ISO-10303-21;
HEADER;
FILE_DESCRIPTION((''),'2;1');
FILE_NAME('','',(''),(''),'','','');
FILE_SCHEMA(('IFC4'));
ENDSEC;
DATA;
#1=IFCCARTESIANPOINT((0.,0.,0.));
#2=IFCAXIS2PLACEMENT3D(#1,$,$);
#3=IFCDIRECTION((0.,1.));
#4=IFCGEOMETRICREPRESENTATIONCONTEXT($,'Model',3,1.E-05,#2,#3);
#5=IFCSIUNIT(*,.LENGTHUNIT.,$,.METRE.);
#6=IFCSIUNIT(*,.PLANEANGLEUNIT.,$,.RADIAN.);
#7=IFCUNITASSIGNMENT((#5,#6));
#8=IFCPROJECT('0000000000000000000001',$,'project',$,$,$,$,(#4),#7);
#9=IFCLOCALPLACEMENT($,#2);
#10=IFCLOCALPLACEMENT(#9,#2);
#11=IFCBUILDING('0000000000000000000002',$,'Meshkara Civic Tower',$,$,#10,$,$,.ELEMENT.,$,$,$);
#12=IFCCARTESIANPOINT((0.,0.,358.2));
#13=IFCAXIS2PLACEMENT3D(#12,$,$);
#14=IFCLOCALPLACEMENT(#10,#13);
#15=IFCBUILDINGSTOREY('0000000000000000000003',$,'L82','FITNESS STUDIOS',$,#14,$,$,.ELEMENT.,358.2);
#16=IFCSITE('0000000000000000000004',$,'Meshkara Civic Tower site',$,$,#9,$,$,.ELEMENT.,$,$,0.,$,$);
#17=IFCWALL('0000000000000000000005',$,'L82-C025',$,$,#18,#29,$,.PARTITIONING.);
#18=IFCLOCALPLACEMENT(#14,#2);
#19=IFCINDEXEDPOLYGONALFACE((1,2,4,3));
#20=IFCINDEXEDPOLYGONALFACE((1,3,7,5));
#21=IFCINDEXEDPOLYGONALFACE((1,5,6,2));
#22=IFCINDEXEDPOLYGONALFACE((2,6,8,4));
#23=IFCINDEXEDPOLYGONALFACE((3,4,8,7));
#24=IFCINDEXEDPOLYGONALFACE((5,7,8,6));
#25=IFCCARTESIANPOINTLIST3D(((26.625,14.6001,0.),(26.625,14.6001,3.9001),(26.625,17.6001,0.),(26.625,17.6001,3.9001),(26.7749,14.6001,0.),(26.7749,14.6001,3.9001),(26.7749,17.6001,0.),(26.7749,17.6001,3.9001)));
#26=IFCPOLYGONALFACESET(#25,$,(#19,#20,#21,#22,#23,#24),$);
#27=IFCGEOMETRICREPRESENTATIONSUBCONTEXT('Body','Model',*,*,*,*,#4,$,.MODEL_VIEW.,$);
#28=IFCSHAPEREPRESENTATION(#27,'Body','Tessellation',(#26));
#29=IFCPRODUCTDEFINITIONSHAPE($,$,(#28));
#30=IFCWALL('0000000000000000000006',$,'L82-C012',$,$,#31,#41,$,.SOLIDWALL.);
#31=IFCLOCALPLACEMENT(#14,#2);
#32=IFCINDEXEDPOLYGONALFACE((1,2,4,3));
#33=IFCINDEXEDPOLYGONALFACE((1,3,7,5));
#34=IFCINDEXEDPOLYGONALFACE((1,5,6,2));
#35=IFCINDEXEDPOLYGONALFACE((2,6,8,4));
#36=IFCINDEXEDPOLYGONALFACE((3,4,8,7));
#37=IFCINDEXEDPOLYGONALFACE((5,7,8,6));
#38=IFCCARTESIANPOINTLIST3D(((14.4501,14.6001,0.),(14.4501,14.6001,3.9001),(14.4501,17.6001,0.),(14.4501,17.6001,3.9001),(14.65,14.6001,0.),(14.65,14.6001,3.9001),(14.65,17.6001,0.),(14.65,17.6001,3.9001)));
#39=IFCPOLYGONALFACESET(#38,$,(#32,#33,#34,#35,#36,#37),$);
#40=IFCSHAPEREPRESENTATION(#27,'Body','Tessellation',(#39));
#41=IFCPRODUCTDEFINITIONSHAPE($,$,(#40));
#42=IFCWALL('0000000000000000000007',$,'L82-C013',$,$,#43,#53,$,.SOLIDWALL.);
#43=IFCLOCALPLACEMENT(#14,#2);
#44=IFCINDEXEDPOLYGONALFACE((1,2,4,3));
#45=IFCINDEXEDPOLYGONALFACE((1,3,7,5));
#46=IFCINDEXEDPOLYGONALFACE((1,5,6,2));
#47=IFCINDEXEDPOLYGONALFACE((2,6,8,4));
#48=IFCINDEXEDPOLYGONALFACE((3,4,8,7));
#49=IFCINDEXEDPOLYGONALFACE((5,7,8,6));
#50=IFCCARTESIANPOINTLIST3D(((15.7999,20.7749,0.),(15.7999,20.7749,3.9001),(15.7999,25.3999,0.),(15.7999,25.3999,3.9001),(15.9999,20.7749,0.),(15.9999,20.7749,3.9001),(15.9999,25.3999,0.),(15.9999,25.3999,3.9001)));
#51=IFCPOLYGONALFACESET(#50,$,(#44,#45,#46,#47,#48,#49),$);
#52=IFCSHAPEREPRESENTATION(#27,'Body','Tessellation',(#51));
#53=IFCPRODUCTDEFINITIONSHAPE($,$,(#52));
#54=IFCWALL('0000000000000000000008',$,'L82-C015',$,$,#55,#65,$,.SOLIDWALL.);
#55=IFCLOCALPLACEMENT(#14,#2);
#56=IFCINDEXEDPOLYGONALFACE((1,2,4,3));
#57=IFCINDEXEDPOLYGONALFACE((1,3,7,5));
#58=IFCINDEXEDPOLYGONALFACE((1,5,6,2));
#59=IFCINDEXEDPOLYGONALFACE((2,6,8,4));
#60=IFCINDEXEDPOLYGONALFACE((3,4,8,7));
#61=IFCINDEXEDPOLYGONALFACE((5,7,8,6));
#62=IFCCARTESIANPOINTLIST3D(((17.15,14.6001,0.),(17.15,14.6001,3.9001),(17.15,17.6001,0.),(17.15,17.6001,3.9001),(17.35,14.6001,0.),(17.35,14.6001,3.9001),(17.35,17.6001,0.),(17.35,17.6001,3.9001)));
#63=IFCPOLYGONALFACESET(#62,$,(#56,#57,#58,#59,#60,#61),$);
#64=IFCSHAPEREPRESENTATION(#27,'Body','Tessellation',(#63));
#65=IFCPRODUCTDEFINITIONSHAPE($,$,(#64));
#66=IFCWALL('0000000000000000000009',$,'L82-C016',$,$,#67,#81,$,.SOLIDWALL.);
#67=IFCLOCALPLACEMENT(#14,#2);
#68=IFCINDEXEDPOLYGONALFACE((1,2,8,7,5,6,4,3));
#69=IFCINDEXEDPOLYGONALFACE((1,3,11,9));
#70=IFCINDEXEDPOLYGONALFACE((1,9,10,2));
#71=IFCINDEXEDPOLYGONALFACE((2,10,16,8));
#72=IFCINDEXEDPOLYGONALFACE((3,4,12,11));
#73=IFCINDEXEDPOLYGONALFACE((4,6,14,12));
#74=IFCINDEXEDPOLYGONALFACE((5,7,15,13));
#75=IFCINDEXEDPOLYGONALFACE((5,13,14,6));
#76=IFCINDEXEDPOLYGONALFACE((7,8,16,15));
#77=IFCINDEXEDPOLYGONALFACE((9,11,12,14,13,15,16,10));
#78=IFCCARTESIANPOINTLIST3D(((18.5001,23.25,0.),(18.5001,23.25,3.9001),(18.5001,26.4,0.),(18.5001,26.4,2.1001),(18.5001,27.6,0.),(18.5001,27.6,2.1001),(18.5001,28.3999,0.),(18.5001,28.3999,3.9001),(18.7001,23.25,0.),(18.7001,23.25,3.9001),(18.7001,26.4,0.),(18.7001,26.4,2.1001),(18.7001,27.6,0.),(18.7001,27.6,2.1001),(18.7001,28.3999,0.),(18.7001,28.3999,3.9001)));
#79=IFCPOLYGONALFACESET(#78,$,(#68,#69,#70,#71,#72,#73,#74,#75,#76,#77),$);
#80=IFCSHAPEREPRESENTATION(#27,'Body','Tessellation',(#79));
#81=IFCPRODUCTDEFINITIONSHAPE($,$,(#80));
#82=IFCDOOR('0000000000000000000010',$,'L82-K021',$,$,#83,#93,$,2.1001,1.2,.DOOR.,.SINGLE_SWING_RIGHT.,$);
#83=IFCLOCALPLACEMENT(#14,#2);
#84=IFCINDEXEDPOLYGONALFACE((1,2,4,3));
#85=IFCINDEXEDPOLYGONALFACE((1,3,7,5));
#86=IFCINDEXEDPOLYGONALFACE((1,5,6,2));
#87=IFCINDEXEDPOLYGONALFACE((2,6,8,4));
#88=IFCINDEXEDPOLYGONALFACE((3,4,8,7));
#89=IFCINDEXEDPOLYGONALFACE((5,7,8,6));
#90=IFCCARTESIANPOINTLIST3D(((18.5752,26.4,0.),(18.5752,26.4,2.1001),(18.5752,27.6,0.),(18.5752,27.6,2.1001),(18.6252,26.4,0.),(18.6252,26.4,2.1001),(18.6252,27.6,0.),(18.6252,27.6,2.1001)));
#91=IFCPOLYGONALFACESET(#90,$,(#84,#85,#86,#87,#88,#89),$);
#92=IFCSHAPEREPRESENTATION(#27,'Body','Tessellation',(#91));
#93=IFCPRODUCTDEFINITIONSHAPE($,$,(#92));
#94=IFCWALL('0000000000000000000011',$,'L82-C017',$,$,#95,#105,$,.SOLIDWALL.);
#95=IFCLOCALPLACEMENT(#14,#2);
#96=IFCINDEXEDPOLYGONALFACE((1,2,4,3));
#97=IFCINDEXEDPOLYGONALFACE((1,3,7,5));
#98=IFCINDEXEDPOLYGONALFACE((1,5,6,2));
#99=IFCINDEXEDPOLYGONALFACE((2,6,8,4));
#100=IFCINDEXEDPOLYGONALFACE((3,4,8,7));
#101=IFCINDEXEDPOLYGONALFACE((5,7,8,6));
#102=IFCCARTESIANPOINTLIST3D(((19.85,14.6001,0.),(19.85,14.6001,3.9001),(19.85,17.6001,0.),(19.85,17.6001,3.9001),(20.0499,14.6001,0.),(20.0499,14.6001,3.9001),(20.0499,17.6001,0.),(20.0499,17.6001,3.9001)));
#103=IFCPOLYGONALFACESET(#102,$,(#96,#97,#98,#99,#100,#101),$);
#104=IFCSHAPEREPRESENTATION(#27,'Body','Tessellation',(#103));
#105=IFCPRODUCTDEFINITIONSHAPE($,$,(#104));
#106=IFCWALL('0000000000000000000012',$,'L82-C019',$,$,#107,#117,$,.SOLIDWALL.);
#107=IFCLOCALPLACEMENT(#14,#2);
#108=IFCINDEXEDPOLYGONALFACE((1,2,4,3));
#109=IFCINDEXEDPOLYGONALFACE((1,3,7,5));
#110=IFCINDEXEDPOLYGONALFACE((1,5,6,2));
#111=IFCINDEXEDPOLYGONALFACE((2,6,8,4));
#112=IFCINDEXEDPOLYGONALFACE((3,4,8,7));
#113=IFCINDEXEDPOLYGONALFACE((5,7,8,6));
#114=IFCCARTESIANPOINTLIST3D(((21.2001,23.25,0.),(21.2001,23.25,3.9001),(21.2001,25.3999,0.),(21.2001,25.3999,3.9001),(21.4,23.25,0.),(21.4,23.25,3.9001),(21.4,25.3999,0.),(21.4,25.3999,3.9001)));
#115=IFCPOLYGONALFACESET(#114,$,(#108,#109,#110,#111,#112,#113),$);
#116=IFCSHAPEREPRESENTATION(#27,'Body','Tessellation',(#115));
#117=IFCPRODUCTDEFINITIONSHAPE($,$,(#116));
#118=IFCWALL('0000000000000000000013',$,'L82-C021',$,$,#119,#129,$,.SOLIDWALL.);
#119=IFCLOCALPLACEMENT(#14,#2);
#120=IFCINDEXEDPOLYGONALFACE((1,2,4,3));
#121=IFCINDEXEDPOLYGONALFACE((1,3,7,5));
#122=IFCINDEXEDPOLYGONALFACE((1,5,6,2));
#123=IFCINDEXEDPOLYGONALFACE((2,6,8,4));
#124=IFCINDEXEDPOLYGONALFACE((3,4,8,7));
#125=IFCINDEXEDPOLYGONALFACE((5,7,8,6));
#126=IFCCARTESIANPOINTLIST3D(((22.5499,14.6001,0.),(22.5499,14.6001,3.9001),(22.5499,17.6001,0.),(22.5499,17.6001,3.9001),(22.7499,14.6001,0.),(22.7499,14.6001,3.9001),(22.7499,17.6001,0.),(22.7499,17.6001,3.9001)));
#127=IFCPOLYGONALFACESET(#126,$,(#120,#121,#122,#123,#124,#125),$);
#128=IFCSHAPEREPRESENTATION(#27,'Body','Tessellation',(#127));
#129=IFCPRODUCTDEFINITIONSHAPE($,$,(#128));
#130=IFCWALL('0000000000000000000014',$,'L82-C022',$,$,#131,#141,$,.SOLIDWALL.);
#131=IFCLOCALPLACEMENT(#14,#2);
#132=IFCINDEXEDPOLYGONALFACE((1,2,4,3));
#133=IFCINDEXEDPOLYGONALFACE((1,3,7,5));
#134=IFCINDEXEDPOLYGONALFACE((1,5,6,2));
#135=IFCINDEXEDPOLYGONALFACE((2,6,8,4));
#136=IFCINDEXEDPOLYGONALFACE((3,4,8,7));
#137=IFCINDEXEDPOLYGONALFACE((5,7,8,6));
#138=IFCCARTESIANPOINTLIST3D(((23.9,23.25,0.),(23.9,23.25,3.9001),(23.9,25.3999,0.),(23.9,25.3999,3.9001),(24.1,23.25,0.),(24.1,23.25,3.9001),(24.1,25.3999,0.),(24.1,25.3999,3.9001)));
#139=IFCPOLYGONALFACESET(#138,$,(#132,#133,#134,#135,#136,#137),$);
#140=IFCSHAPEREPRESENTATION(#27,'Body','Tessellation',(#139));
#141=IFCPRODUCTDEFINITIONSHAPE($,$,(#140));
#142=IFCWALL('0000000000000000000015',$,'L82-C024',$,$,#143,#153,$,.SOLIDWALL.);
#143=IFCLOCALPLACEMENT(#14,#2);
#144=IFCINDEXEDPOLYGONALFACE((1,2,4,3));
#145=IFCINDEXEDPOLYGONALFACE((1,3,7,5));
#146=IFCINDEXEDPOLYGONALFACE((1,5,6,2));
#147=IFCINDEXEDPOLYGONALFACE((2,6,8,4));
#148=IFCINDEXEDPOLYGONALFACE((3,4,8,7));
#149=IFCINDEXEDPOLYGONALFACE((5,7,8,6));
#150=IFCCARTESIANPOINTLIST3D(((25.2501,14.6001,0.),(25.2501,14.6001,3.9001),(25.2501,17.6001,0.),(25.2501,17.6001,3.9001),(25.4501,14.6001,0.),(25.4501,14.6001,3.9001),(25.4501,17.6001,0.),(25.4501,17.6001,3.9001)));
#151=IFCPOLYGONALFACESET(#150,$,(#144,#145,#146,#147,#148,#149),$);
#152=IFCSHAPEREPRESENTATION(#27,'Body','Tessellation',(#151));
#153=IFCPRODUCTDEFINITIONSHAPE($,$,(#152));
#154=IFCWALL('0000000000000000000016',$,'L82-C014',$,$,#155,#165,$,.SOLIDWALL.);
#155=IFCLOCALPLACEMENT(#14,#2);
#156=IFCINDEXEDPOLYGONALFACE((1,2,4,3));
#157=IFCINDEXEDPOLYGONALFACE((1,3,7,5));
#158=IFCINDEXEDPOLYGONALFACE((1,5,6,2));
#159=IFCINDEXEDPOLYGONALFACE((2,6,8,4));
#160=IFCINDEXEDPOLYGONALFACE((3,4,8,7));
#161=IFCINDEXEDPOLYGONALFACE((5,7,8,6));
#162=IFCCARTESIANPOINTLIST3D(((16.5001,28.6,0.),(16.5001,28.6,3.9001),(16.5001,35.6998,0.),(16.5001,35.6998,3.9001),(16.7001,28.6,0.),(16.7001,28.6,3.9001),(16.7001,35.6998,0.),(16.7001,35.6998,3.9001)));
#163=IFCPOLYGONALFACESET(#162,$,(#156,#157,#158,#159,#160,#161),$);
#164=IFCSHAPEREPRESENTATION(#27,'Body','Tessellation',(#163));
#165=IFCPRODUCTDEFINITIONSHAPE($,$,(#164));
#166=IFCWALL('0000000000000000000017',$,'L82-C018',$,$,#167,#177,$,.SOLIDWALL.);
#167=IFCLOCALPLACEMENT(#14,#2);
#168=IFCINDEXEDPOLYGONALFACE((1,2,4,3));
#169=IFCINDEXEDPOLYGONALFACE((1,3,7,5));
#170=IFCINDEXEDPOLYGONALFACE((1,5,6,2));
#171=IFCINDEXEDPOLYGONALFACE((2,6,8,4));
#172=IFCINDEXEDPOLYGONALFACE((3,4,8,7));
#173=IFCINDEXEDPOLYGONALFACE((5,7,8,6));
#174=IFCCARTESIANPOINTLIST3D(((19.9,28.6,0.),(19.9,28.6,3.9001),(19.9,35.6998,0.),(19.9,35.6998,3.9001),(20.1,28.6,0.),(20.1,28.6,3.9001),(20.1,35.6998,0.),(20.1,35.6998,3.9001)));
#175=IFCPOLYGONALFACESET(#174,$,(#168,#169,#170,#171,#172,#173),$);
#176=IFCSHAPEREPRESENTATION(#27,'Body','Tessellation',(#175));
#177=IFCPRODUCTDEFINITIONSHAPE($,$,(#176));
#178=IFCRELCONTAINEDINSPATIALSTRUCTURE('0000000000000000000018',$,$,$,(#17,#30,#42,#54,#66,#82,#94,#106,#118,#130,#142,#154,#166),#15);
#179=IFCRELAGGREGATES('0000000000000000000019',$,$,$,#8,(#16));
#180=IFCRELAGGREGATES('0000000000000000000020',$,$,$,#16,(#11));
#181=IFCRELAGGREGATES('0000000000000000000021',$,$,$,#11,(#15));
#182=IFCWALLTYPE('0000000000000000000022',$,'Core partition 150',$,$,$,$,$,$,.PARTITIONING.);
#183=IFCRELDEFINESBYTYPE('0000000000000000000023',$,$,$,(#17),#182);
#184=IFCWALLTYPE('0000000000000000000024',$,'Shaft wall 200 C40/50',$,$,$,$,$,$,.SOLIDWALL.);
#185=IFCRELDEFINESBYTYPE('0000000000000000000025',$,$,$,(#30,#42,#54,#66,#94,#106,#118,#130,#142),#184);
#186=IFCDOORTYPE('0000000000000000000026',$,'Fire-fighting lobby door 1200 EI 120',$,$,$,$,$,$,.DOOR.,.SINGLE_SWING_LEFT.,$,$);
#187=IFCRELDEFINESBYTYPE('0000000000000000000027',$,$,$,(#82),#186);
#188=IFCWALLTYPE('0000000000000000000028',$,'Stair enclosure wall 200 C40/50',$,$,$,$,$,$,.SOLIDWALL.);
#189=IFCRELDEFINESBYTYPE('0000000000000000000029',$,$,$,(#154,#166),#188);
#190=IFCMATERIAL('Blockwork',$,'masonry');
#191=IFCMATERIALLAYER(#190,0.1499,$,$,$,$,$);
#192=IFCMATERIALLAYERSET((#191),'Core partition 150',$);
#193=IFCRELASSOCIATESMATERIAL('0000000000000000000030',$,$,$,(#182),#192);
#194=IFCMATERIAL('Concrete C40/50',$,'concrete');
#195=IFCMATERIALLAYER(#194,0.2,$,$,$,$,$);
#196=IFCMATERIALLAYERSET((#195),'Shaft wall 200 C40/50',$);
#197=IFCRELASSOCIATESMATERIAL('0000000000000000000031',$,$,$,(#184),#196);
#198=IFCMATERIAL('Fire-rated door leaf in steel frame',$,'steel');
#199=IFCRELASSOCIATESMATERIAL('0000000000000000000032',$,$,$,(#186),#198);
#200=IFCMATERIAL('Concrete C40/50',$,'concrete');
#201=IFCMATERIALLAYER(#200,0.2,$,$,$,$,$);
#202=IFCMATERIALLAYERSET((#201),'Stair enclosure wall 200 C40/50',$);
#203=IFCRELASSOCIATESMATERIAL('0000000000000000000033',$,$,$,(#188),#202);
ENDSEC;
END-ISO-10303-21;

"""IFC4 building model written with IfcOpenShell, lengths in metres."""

from ifc_helpers import new_model, si_unit, direction, frame, frame_2d, origin, place, context, subcontext, project, spatial, rectangle, extrude, material, layer, layer_set, type_object, element, fill, save


model = new_model("IFC4")

# Units and contexts
model_context = context("Model", 3, precision=1e-05, world=origin(), true_north=direction((0.0, 1.0)))
body_context = subcontext(model_context, "Body", "Model", "MODEL_VIEW")
ifc_project = project(units=[si_unit("LENGTHUNIT", "METRE"), si_unit("PLANEANGLEUNIT", "RADIAN")], contexts=[model_context])

# Site, building, storey
site_placement = place(None, origin())
site = spatial("IfcSite", under=ifc_project, at=site_placement, Name="Meshkara Civic Tower site", CompositionType="ELEMENT", RefElevation=0.0)
building_placement = place(site_placement, origin())
building = spatial("IfcBuilding", under=site, at=building_placement, Name="Meshkara Civic Tower", CompositionType="ELEMENT")
storey_placement = place(building_placement, frame((0.0, 0.0, 358.2)))
storey = spatial("IfcBuildingStorey", under=building, at=storey_placement, Name="L82", Description="FITNESS STUDIOS", CompositionType="ELEMENT", Elevation=358.2)

# Walls
ifc_material_1 = material(Name="Blockwork", Category="masonry")
ifc_layer_1 = layer(ifc_material_1, 0.1499)
ifc_layer_set_1 = layer_set([ifc_layer_1], Name="Core partition 150")
wall_type_1 = type_object("IfcWallType", Name="Core partition 150", PredefinedType="PARTITIONING", material=ifc_layer_set_1)
wall_1_placement = place(storey_placement, frame((26.7, 14.6001, 0.0), z_axis=(0.0, 0.0, 1.0), x_axis=(0.0, 1.0, 0.0)))
element("IfcWall", 1, at=wall_1_placement, inside=storey, type_object=wall_type_1, Name="L82-C025", PredefinedType="PARTITIONING", context=body_context, shape_type="SweptSolid", body=[
    extrude(rectangle(XDim=3.0, YDim=0.1499, at=frame_2d((1.5, 0.0))), origin(), (0.0, 0.0, 1.0), 3.9001),
])
ifc_material_2 = material(Name="Concrete C40/50", Category="concrete")
ifc_layer_2 = layer(ifc_material_2, 0.2)
ifc_layer_set_2 = layer_set([ifc_layer_2], Name="Shaft wall 200 C40/50")
wall_type_2 = type_object("IfcWallType", Name="Shaft wall 200 C40/50", PredefinedType="SOLIDWALL", material=ifc_layer_set_2)
wall_2_placement = place(storey_placement, frame((14.55, 14.6001, 0.0), z_axis=(0.0, 0.0, 1.0), x_axis=(0.0, 1.0, 0.0)))
element("IfcWall", 2, at=wall_2_placement, inside=storey, type_object=wall_type_2, Name="L82-C012", PredefinedType="SOLIDWALL", context=body_context, shape_type="SweptSolid", body=[
    extrude(rectangle(XDim=3.0, YDim=0.2, at=frame_2d((1.5, 0.0))), origin(), (0.0, 0.0, 1.0), 3.9001),
])
wall_3_placement = place(storey_placement, frame((15.8999, 20.7749, 0.0), z_axis=(0.0, 0.0, 1.0), x_axis=(0.0, 1.0, 0.0)))
element("IfcWall", 3, at=wall_3_placement, inside=storey, type_object=wall_type_2, Name="L82-C013", PredefinedType="SOLIDWALL", context=body_context, shape_type="SweptSolid", body=[
    extrude(rectangle(XDim=4.625, YDim=0.2, at=frame_2d((2.3125, 0.0))), origin(), (0.0, 0.0, 1.0), 3.9001),
])
wall_4_placement = place(storey_placement, frame((17.25, 14.6001, 0.0), z_axis=(0.0, 0.0, 1.0), x_axis=(0.0, 1.0, 0.0)))
element("IfcWall", 4, at=wall_4_placement, inside=storey, type_object=wall_type_2, Name="L82-C015", PredefinedType="SOLIDWALL", context=body_context, shape_type="SweptSolid", body=[
    extrude(rectangle(XDim=3.0, YDim=0.2, at=frame_2d((1.5, 0.0))), origin(), (0.0, 0.0, 1.0), 3.9001),
])

# Wall, opening, door
wall_5_placement = place(storey_placement, frame((18.6001, 23.25, 0.0), z_axis=(0.0, 0.0, 1.0), x_axis=(0.0, 1.0, 0.0)))
wall_5 = element("IfcWall", 5, at=wall_5_placement, inside=storey, type_object=wall_type_2, Name="L82-C016", PredefinedType="SOLIDWALL", context=body_context, shape_type="SweptSolid", body=[
    extrude(rectangle(XDim=5.1499, YDim=0.2, at=frame_2d((2.575, 0.0))), origin(), (0.0, 0.0, 1.0), 3.9001),
])
opening_placement = place(wall_5_placement, frame((3.1499, 0.0, 0.0)))
opening = element("IfcOpeningElement", 6, at=opening_placement, cuts=wall_5, PredefinedType="OPENING", context=body_context, shape_type="SweptSolid", body=[
    extrude(rectangle(XDim=1.2, YDim=2.1001, at=frame_2d((0.6001, 1.05))), frame((0.0, 0.1099, 0.0), z_axis=(0.0, -1.0, 0.0), x_axis=(1.0, 0.0, 0.0)), (0.0, 0.0, 1.0), 0.22),
])
ifc_material_3 = material(Name="Fire-rated door leaf in steel frame", Category="steel")
door_type = type_object("IfcDoorType", Name="Fire-fighting lobby door 1200 EI 120", OperationType="SINGLE_SWING_LEFT", PredefinedType="DOOR", material=ifc_material_3)
door_placement = place(opening_placement, origin())
door = element("IfcDoor", 7, at=door_placement, inside=storey, type_object=door_type, Name="L82-K021", OperationType="SINGLE_SWING_RIGHT", OverallHeight=2.1001, OverallWidth=1.2, PredefinedType="DOOR", context=body_context, shape_type="SweptSolid", body=[
    extrude(rectangle(XDim=1.2, YDim=2.1001, at=frame_2d((0.6001, 1.05))), frame((0.0, 0.0249, 0.0), z_axis=(0.0, -1.0, 0.0), x_axis=(1.0, 0.0, 0.0)), (0.0, 0.0, 1.0), 0.05),
])
fill(opening, door)

# Walls
wall_6_placement = place(storey_placement, frame((19.95, 14.6001, 0.0), z_axis=(0.0, 0.0, 1.0), x_axis=(0.0, 1.0, 0.0)))
element("IfcWall", 8, at=wall_6_placement, inside=storey, type_object=wall_type_2, Name="L82-C017", PredefinedType="SOLIDWALL", context=body_context, shape_type="SweptSolid", body=[
    extrude(rectangle(XDim=3.0, YDim=0.2, at=frame_2d((1.5, 0.0))), origin(), (0.0, 0.0, 1.0), 3.9001),
])
wall_7_placement = place(storey_placement, frame((21.3, 23.25, 0.0), z_axis=(0.0, 0.0, 1.0), x_axis=(0.0, 1.0, 0.0)))
element("IfcWall", 9, at=wall_7_placement, inside=storey, type_object=wall_type_2, Name="L82-C019", PredefinedType="SOLIDWALL", context=body_context, shape_type="SweptSolid", body=[
    extrude(rectangle(XDim=2.1499, YDim=0.2, at=frame_2d((1.075, 0.0))), origin(), (0.0, 0.0, 1.0), 3.9001),
])
wall_8_placement = place(storey_placement, frame((22.6499, 14.6001, 0.0), z_axis=(0.0, 0.0, 1.0), x_axis=(0.0, 1.0, 0.0)))
element("IfcWall", 10, at=wall_8_placement, inside=storey, type_object=wall_type_2, Name="L82-C021", PredefinedType="SOLIDWALL", context=body_context, shape_type="SweptSolid", body=[
    extrude(rectangle(XDim=3.0, YDim=0.2, at=frame_2d((1.5, 0.0))), origin(), (0.0, 0.0, 1.0), 3.9001),
])
wall_9_placement = place(storey_placement, frame((24.0, 23.25, 0.0), z_axis=(0.0, 0.0, 1.0), x_axis=(0.0, 1.0, 0.0)))
element("IfcWall", 11, at=wall_9_placement, inside=storey, type_object=wall_type_2, Name="L82-C022", PredefinedType="SOLIDWALL", context=body_context, shape_type="SweptSolid", body=[
    extrude(rectangle(XDim=2.1499, YDim=0.2, at=frame_2d((1.075, 0.0))), origin(), (0.0, 0.0, 1.0), 3.9001),
])
wall_10_placement = place(storey_placement, frame((25.3501, 14.6001, 0.0), z_axis=(0.0, 0.0, 1.0), x_axis=(0.0, 1.0, 0.0)))
element("IfcWall", 12, at=wall_10_placement, inside=storey, type_object=wall_type_2, Name="L82-C024", PredefinedType="SOLIDWALL", context=body_context, shape_type="SweptSolid", body=[
    extrude(rectangle(XDim=3.0, YDim=0.2, at=frame_2d((1.5, 0.0))), origin(), (0.0, 0.0, 1.0), 3.9001),
])
ifc_material_4 = material(Name="Concrete C40/50", Category="concrete")
ifc_layer_3 = layer(ifc_material_4, 0.2)
ifc_layer_set_3 = layer_set([ifc_layer_3], Name="Stair enclosure wall 200 C40/50")
wall_type_3 = type_object("IfcWallType", Name="Stair enclosure wall 200 C40/50", PredefinedType="SOLIDWALL", material=ifc_layer_set_3)
for number, where, z_axis, x_axis, name in (
    (13, (16.6001, 28.6001, 0.0), (0.0, 0.0, 1.0), (0.0, 1.0, 0.0), "L82-C014"),
    (14, (20.0, 28.6001, 0.0), (0.0, 0.0, 1.0), (0.0, 1.0, 0.0), "L82-C018"),
):
    element("IfcWall", number, at=place(storey_placement, frame(where, z_axis=z_axis, x_axis=x_axis)), inside=storey, type_object=wall_type_3, Name=name, PredefinedType="SOLIDWALL", context=body_context, shape_type="SweptSolid", body=[
        extrude(rectangle(XDim=7.0999, YDim=0.2, at=frame_2d((3.5498, 0.0))), origin(), (0.0, 0.0, 1.0), 3.9001),
    ])

save(model, "model.ifc")
